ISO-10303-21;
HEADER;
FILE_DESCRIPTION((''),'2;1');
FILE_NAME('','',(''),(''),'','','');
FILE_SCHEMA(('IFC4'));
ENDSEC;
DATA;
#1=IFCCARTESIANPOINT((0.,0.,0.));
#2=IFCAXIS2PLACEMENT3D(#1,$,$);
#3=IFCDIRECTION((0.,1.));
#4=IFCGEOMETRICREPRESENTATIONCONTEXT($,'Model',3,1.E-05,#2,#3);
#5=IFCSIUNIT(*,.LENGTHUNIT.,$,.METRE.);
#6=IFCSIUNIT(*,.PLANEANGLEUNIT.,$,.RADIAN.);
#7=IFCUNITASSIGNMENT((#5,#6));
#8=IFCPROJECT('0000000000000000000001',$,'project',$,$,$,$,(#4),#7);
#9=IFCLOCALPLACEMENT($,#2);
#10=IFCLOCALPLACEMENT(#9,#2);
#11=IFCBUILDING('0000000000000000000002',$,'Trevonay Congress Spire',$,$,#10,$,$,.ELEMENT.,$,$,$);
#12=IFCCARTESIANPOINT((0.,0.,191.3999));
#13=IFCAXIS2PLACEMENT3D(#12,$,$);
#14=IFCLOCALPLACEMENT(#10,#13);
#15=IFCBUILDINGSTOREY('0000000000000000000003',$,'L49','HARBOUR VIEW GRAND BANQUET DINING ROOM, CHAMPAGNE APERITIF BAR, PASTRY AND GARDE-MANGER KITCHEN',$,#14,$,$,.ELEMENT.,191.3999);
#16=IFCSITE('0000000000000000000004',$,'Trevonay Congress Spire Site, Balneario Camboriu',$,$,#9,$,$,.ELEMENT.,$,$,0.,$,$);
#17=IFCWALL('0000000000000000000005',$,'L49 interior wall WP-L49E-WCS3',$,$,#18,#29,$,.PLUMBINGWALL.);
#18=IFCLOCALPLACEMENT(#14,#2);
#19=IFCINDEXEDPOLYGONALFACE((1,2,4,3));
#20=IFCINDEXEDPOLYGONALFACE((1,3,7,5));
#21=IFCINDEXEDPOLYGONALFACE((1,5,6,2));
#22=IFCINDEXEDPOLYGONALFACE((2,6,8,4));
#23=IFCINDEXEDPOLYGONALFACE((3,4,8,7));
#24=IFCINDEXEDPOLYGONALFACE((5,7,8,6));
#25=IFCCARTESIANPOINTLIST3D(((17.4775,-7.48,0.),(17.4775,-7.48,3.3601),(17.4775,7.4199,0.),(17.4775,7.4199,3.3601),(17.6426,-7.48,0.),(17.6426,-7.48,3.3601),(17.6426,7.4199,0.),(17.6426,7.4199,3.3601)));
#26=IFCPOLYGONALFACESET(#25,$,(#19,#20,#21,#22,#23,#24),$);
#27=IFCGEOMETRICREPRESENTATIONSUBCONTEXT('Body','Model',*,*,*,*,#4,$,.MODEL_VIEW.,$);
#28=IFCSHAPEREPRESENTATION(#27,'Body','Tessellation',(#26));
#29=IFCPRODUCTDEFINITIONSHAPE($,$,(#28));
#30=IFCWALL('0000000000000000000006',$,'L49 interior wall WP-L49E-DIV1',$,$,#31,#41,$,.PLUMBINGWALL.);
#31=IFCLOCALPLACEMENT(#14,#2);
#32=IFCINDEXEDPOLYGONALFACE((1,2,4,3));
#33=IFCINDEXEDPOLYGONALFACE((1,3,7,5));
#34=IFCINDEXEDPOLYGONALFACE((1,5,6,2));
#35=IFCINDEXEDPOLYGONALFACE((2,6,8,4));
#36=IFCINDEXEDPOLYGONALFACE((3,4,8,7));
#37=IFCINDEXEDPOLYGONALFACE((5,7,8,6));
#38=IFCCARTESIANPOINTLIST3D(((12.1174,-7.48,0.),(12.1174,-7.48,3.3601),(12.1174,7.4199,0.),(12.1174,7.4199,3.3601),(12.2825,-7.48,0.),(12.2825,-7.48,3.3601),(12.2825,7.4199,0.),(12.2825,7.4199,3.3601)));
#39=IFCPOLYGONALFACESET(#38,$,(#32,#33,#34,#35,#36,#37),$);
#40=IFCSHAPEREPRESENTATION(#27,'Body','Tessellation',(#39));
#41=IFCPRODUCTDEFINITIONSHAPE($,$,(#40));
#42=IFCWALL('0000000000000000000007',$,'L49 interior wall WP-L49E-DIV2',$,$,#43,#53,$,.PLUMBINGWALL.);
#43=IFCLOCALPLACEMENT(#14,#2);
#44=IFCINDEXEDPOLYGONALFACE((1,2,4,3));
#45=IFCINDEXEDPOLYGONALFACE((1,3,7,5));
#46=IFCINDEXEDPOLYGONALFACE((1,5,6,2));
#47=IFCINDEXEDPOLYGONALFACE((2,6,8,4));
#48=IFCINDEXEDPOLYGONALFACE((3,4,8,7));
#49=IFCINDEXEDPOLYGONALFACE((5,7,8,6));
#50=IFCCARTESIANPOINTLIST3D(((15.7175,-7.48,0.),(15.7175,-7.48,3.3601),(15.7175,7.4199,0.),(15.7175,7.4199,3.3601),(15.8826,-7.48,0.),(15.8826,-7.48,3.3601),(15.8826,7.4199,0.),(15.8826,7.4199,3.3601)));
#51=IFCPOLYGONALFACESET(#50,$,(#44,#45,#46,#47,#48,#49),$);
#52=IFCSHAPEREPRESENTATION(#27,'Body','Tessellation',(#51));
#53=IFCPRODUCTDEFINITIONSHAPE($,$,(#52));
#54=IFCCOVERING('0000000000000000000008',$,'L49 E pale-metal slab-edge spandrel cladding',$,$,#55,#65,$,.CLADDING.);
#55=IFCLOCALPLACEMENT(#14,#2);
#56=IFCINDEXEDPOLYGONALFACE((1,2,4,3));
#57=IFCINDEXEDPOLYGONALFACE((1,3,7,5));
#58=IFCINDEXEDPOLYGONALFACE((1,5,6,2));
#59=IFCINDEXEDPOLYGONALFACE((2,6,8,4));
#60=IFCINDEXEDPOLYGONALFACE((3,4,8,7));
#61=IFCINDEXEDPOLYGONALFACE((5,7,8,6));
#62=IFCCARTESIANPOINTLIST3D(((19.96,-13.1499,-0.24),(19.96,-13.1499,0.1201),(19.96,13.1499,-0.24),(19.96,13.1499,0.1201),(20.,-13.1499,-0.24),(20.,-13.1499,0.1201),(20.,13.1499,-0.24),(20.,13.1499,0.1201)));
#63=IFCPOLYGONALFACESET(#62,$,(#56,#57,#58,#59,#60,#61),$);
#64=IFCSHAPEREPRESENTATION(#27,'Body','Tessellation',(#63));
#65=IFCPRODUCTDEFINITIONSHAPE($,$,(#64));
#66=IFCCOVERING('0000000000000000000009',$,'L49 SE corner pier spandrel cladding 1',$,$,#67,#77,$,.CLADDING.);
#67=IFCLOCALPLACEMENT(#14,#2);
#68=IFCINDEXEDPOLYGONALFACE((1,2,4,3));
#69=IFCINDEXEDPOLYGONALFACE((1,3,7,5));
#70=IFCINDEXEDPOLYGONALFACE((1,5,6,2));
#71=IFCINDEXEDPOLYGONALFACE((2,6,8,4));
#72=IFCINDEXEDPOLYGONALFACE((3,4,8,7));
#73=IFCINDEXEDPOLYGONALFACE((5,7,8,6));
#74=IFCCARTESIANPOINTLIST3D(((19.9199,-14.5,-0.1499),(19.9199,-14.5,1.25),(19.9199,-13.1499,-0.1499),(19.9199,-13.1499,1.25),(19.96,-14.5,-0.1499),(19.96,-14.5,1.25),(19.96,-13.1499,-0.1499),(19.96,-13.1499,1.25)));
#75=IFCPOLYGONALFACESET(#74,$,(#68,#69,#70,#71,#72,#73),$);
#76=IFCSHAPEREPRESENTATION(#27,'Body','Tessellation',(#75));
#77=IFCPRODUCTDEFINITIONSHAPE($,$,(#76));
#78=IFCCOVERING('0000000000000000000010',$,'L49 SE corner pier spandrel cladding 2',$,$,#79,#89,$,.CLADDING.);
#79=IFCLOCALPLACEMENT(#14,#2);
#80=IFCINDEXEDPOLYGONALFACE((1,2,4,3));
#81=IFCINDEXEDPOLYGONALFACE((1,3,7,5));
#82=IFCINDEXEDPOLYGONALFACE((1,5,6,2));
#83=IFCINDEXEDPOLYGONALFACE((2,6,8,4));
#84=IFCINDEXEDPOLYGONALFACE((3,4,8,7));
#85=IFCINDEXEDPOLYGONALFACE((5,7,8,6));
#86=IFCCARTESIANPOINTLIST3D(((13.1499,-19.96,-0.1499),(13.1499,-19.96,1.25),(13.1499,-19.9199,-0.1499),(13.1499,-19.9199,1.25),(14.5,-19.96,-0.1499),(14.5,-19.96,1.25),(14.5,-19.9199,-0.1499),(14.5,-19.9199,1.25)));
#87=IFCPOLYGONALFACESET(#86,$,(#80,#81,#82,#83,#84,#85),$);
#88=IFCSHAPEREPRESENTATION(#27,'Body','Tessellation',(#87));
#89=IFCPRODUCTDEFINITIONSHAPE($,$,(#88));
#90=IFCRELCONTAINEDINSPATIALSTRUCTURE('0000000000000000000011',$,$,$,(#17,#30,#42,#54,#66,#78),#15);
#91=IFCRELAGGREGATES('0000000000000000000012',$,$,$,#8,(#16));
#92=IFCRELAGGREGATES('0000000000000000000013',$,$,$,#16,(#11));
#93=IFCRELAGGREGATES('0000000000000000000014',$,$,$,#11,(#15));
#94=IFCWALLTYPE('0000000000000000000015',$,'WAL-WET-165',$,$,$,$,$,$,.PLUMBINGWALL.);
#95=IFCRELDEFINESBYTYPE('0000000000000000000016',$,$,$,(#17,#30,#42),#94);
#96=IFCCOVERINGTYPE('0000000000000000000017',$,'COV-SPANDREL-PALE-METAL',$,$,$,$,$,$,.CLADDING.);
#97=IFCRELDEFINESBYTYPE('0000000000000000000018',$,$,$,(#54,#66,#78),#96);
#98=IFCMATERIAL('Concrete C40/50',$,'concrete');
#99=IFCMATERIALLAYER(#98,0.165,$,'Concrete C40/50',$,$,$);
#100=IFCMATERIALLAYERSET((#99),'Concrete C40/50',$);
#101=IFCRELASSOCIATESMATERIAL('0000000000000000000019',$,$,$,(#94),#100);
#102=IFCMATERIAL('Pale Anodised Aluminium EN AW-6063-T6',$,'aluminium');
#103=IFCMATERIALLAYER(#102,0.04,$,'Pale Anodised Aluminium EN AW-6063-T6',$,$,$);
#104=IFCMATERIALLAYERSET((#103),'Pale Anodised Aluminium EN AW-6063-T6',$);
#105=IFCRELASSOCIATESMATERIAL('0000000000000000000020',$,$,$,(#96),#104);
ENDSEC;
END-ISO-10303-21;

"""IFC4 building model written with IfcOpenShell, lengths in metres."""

from ifc_helpers import new_model, si_unit, direction, frame, frame_2d, origin, place, context, subcontext, project, spatial, rectangle, extrude, material, layer, layer_set, type_object, element, save


model = new_model("IFC4")

# Units and contexts
model_context = context("Model", 3, precision=1e-05, world=origin(), true_north=direction((0.0, 1.0)))
body_context = subcontext(model_context, "Body", "Model", "MODEL_VIEW")
ifc_project = project(units=[si_unit("LENGTHUNIT", "METRE"), si_unit("PLANEANGLEUNIT", "RADIAN")], contexts=[model_context])

# Site, building, storey
site_placement = place(None, origin())
site = spatial("IfcSite", under=ifc_project, at=site_placement, Name="Trevonay Congress Spire Site, Balneario Camboriu", CompositionType="ELEMENT", RefElevation=0.0)
building_placement = place(site_placement, origin())
building = spatial("IfcBuilding", under=site, at=building_placement, Name="Trevonay Congress Spire", CompositionType="ELEMENT")
storey_placement = place(building_placement, frame((0.0, 0.0, 191.3999)))
storey = spatial("IfcBuildingStorey", under=building, at=storey_placement, Name="L49", Description="HARBOUR VIEW GRAND BANQUET DINING ROOM, CHAMPAGNE APERITIF BAR, PASTRY AND GARDE-MANGER KITCHEN", CompositionType="ELEMENT", Elevation=191.3999)

# Shared definitions
ifc_material_1 = material(Name="Pale Anodised Aluminium EN AW-6063-T6", Category="aluminium")

# Walls
ifc_material_2 = material(Name="Concrete C40/50", Category="concrete")
ifc_layer_1 = layer(ifc_material_2, 0.165, Name="Concrete C40/50")
ifc_layer_set_1 = layer_set([ifc_layer_1], Name="Concrete C40/50")
wall_type_1 = type_object("IfcWallType", Name="WAL-WET-165", PredefinedType="PLUMBINGWALL", material=ifc_layer_set_1)
for number, where, z_axis, x_axis, name in (
    (1, (17.5601, -7.48, 0.0), (0.0, 0.0, 1.0), (0.0, 1.0, 0.0), "L49 interior wall WP-L49E-WCS3"),
    (2, (12.2, -7.48, 0.0), (0.0, 0.0, 1.0), (0.0, 1.0, 0.0), "L49 interior wall WP-L49E-DIV1"),
    (3, (15.8, -7.48, 0.0), (0.0, 0.0, 1.0), (0.0, 1.0, 0.0), "L49 interior wall WP-L49E-DIV2"),
):
    element("IfcWall", number, at=place(storey_placement, frame(where, z_axis=z_axis, x_axis=x_axis)), inside=storey, type_object=wall_type_1, Name=name, PredefinedType="PLUMBINGWALL", context=body_context, shape_type="SweptSolid", body=[
        extrude(rectangle(XDim=14.8999, YDim=0.165, at=frame_2d((7.45, 0.0))), origin(), (0.0, 0.0, 1.0), 3.3601),
    ])

# Coverings
ifc_layer_2 = layer(ifc_material_1, 0.04, Name="Pale Anodised Aluminium EN AW-6063-T6")
ifc_layer_set_2 = layer_set([ifc_layer_2], Name="Pale Anodised Aluminium EN AW-6063-T6")
covering_type = type_object("IfcCoveringType", Name="COV-SPANDREL-PALE-METAL", PredefinedType="CLADDING", material=ifc_layer_set_2)
covering_placement = place(storey_placement, frame((19.98, -13.1499, -0.24), z_axis=(0.0, 0.0, 1.0), x_axis=(0.0, 1.0, 0.0)))
element("IfcCovering", 4, at=covering_placement, inside=storey, type_object=covering_type, Name="L49 E pale-metal slab-edge spandrel cladding", PredefinedType="CLADDING", context=body_context, shape_type="SweptSolid", body=[
    extrude(rectangle(XDim=26.2998, YDim=0.04, at=frame_2d((13.1499, 0.0))), origin(), (0.0, 0.0, 1.0), 0.3601),
])
for number, where, z_axis, x_axis, name in (
    (5, (19.9399, -13.1499, -0.1499), (0.0, 0.0, 1.0), (0.0, -1.0, 0.0), "L49 SE corner pier spandrel cladding 1"),
    (6, (13.1499, -19.9399, -0.1499), (0.0, 0.0, 1.0), (1.0, 0.0, 0.0), "L49 SE corner pier spandrel cladding 2"),
):
    element("IfcCovering", number, at=place(storey_placement, frame(where, z_axis=z_axis, x_axis=x_axis)), inside=storey, type_object=covering_type, Name=name, PredefinedType="CLADDING", context=body_context, shape_type="SweptSolid", body=[
        extrude(rectangle(XDim=1.3501, YDim=0.04, at=frame_2d((0.675, 0.0))), origin(), (0.0, 0.0, 1.0), 1.3999),
    ])

save(model, "model.ifc")
